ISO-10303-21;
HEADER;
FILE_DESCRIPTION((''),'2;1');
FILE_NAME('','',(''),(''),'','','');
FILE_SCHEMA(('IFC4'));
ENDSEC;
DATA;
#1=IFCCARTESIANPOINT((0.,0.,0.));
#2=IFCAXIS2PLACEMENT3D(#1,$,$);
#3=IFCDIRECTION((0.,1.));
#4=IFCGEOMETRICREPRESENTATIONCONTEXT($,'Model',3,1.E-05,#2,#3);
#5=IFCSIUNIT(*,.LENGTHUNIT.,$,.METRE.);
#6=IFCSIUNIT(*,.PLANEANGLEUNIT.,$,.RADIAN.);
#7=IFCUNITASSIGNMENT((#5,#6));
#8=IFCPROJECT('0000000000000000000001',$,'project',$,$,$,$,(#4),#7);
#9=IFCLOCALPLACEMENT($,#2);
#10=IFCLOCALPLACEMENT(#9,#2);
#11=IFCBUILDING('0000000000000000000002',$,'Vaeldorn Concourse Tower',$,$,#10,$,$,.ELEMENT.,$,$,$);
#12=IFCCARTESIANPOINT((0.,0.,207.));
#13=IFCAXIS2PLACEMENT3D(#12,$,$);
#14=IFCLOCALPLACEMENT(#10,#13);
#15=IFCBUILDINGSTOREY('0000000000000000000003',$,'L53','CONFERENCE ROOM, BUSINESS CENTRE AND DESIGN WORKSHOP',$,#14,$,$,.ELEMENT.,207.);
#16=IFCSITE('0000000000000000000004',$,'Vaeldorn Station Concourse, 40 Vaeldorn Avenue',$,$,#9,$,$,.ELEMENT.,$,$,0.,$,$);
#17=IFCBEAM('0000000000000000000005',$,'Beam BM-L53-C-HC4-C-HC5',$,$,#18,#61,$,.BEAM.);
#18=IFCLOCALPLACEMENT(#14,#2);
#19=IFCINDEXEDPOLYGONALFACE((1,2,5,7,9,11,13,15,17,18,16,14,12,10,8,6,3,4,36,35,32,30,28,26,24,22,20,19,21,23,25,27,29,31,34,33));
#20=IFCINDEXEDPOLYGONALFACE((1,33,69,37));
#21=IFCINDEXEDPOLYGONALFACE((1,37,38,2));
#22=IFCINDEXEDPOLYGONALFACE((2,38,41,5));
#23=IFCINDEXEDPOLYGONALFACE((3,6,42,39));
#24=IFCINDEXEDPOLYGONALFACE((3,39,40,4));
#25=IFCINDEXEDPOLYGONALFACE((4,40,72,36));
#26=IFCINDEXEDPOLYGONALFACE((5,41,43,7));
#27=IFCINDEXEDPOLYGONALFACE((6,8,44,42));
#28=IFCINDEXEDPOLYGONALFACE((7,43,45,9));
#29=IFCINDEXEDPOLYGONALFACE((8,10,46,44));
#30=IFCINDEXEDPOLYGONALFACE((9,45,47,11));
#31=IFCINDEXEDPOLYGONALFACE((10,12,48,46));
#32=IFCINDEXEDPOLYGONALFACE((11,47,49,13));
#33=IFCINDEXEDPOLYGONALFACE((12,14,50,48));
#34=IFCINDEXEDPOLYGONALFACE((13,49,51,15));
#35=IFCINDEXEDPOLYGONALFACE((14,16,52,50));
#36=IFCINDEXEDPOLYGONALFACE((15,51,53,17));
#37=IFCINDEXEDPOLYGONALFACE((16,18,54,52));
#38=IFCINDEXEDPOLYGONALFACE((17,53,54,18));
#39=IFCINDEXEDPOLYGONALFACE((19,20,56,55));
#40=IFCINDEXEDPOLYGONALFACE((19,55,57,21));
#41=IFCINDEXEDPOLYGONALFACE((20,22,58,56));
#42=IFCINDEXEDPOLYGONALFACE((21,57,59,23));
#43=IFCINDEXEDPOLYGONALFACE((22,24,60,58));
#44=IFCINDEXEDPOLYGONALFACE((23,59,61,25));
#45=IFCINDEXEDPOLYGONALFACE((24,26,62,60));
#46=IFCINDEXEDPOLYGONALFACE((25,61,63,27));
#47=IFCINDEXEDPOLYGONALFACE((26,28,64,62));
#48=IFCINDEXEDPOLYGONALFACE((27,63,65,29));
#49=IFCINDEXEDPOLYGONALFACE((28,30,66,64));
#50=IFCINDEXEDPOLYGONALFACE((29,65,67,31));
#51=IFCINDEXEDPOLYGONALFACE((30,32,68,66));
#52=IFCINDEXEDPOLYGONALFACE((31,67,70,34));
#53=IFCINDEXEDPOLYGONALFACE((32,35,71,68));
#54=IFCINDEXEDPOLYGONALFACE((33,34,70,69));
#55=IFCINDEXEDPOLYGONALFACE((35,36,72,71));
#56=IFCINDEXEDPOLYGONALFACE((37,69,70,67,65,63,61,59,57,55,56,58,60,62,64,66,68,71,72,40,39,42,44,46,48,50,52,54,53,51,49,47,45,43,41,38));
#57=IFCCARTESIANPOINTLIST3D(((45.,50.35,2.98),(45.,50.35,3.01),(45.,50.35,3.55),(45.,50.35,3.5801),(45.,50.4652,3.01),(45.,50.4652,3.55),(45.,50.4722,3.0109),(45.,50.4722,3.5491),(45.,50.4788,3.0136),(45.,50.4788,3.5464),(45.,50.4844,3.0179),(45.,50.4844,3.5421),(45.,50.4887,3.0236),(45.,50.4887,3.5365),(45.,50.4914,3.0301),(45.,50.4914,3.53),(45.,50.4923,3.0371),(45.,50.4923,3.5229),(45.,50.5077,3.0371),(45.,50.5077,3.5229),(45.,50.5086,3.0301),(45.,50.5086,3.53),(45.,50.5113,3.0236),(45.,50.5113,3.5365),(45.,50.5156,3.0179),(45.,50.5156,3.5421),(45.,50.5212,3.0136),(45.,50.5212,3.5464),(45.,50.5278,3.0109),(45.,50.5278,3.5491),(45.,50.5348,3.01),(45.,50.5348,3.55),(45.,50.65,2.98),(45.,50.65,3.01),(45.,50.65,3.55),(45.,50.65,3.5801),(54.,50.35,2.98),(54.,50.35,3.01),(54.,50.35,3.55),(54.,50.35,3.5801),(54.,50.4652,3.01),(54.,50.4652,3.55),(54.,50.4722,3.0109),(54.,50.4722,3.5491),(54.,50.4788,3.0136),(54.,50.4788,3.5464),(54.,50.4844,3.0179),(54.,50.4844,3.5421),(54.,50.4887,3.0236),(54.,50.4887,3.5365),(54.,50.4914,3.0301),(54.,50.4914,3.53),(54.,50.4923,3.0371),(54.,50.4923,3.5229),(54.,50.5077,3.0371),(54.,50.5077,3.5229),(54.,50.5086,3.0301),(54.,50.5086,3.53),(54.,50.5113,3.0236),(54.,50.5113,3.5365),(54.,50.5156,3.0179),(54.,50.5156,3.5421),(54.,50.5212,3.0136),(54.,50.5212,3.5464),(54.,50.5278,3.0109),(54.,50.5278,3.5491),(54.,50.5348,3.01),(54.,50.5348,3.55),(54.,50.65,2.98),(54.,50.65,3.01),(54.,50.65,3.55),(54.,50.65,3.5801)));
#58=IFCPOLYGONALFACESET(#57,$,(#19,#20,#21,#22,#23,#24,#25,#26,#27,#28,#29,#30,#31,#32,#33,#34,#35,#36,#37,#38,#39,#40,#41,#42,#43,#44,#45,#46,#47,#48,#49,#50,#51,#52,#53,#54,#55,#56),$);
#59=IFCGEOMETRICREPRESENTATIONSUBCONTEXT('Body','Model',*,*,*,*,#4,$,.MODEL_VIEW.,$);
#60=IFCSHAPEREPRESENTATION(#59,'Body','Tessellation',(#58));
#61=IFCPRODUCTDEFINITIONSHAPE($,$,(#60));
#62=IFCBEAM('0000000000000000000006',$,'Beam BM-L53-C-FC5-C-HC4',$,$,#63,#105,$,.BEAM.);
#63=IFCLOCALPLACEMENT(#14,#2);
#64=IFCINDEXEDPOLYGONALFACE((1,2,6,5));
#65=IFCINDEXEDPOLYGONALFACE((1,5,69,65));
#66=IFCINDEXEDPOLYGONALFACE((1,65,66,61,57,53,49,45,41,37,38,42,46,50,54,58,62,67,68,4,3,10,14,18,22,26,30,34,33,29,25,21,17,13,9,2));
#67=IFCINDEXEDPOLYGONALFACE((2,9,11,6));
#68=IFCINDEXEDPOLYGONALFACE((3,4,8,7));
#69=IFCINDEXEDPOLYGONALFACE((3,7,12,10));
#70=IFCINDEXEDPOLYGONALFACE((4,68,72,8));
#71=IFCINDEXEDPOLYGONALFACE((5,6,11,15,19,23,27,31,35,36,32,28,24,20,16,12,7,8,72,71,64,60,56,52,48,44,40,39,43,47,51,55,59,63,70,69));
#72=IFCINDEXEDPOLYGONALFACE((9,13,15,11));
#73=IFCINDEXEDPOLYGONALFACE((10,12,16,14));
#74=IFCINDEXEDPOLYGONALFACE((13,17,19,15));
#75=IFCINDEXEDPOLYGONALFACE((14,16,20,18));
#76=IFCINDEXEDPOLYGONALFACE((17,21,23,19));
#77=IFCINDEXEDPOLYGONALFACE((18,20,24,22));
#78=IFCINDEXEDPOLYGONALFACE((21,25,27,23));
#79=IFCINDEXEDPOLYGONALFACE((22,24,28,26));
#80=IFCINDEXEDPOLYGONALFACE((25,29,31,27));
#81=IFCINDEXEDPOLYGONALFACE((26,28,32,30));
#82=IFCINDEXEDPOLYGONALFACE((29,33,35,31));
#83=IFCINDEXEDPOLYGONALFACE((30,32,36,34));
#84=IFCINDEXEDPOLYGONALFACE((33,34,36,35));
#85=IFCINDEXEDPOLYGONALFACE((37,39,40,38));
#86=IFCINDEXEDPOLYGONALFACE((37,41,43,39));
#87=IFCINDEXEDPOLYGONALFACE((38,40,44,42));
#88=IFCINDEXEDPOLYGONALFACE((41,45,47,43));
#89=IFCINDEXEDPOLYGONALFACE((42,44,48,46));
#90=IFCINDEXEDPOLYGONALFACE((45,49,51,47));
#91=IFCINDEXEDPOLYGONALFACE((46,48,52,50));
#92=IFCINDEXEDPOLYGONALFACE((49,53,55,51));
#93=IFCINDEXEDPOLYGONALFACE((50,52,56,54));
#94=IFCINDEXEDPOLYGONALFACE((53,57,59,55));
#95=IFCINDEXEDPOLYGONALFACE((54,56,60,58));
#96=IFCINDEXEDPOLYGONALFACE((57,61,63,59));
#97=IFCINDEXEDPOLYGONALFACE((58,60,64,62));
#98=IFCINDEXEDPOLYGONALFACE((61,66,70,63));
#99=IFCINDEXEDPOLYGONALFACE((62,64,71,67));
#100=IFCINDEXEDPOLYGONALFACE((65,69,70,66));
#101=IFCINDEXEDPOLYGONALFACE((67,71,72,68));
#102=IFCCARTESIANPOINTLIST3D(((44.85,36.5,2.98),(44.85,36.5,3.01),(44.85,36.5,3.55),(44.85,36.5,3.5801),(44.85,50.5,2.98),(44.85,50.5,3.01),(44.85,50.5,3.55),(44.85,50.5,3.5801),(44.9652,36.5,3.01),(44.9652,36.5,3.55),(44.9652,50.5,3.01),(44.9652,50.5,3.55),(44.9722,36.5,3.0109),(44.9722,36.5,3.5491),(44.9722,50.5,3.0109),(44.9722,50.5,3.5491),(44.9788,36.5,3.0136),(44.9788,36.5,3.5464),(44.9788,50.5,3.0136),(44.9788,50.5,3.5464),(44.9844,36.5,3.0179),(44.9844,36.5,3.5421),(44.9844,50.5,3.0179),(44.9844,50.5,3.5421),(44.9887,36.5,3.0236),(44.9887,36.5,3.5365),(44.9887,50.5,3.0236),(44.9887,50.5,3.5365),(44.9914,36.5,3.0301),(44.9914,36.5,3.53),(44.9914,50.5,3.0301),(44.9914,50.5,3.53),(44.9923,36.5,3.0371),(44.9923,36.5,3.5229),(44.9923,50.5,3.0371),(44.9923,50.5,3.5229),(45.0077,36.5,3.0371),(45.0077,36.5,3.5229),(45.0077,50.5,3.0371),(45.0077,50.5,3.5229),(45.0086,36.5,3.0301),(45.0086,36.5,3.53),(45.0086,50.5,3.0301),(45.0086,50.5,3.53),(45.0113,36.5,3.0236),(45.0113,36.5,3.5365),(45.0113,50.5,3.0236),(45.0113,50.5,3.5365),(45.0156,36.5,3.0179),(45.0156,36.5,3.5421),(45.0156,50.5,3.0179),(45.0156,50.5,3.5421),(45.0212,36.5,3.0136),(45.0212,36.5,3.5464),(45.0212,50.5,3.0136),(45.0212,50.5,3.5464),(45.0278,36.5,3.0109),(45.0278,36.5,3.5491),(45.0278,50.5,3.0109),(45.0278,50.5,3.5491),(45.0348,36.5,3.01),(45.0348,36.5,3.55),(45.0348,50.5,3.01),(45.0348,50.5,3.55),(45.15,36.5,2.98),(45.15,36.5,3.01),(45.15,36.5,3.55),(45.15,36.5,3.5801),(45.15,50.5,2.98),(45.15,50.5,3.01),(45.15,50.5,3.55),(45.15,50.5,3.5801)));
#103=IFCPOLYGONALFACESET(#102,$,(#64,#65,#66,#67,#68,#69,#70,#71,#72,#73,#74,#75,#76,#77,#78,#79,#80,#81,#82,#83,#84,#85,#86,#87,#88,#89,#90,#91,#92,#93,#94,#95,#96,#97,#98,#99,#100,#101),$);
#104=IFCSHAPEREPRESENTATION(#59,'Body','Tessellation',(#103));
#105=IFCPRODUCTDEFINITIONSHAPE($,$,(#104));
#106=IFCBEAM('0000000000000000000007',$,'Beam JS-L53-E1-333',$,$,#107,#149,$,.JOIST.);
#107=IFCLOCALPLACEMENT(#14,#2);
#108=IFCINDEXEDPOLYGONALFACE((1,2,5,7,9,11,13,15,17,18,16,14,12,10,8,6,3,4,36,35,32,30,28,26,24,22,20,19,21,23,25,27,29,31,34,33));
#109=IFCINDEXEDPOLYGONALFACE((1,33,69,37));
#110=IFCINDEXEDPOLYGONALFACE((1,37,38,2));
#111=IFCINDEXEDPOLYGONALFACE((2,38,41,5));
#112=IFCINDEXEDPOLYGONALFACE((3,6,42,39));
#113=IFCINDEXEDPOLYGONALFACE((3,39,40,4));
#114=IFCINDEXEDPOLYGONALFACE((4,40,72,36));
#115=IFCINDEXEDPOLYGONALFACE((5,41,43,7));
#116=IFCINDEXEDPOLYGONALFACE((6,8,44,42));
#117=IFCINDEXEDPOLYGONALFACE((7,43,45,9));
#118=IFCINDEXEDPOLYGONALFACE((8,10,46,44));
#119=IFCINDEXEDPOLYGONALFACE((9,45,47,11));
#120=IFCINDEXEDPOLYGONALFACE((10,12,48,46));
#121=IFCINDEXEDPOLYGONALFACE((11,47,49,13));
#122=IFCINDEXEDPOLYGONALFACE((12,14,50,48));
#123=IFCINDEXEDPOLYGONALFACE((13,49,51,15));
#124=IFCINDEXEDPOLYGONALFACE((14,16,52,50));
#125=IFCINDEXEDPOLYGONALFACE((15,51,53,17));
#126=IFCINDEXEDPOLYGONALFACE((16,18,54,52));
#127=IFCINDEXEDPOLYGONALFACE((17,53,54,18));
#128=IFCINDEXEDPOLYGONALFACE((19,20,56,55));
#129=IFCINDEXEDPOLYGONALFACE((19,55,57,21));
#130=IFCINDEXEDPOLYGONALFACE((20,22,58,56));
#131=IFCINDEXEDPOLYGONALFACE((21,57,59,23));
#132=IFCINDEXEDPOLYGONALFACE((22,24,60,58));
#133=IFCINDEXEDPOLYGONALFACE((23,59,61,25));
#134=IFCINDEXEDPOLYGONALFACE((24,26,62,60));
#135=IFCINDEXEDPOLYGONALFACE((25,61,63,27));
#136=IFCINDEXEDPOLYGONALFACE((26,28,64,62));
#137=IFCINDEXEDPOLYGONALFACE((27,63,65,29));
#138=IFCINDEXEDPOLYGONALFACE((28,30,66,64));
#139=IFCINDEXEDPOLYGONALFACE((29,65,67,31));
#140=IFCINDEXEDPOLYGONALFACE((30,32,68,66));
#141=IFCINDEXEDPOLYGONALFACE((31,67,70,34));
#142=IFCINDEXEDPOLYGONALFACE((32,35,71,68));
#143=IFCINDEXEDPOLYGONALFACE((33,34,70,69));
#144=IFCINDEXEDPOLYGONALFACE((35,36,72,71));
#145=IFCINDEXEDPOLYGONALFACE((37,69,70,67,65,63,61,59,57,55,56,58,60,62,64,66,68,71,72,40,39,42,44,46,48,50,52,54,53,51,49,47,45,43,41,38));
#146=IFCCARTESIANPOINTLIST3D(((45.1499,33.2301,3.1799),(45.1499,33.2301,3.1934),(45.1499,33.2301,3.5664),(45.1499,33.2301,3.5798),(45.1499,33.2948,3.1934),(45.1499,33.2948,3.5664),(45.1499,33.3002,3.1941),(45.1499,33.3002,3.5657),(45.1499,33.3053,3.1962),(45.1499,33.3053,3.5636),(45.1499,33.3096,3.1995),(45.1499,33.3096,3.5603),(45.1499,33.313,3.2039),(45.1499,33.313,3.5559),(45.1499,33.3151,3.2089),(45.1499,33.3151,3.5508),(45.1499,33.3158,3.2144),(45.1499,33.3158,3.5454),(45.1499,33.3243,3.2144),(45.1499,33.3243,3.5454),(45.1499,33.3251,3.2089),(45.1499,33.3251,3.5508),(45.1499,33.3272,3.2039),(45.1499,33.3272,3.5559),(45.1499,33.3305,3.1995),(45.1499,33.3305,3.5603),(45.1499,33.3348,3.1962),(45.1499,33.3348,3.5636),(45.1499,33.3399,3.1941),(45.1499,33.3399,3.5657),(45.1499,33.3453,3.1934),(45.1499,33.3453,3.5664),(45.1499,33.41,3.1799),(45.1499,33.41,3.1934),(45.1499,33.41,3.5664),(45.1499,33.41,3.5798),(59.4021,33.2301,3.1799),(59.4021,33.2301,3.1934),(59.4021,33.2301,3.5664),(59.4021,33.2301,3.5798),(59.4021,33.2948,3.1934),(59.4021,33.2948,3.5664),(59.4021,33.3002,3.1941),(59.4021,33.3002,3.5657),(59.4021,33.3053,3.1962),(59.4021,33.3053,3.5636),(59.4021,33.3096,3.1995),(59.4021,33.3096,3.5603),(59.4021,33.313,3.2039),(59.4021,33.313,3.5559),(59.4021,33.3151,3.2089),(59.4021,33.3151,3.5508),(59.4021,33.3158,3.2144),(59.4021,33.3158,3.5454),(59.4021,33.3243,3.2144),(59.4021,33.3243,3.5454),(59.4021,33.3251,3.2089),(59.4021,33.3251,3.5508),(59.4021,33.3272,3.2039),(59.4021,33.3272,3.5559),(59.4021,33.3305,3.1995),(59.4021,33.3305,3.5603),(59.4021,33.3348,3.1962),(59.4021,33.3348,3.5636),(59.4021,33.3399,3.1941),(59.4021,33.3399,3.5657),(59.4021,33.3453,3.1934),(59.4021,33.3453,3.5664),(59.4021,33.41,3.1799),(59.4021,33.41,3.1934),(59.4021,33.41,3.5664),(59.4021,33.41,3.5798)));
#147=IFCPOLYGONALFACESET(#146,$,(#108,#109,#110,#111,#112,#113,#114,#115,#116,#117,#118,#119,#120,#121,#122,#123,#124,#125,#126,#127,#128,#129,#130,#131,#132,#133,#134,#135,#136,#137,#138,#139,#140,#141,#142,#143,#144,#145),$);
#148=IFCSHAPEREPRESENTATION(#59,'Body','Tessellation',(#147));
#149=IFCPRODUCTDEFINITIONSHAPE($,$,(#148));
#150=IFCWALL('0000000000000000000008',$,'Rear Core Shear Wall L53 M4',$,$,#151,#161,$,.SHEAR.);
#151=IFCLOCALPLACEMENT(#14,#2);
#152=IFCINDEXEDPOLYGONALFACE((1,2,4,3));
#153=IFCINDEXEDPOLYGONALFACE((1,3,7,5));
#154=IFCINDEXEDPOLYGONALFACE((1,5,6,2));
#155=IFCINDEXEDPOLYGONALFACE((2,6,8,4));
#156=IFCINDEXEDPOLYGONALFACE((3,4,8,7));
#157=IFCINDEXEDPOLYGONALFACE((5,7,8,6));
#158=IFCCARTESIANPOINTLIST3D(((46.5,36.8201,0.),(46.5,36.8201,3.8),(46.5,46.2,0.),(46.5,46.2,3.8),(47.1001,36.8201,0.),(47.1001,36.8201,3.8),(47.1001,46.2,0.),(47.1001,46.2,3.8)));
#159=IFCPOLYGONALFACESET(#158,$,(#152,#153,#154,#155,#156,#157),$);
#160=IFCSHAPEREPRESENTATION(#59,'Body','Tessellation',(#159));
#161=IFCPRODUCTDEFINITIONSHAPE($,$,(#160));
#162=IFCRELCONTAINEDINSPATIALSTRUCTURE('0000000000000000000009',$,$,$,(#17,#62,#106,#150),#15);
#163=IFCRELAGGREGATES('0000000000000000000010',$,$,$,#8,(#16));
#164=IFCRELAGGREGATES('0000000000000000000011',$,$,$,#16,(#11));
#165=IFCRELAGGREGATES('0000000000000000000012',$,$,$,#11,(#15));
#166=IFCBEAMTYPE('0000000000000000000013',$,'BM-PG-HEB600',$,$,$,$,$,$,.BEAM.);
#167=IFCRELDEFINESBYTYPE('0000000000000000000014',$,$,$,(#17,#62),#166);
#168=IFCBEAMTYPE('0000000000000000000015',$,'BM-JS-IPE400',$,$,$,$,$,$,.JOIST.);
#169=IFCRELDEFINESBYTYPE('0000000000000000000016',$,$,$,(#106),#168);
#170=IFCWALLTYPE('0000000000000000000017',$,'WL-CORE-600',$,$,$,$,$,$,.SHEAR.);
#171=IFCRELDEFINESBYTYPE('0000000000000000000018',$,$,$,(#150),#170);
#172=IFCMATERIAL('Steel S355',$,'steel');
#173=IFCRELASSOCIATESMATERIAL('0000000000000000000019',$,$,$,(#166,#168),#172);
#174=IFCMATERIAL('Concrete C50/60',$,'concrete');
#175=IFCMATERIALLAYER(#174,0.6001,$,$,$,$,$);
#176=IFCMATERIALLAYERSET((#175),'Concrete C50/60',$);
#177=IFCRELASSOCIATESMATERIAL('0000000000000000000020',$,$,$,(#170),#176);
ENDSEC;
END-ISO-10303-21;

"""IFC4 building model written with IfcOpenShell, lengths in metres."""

from ifc_helpers import new_model, si_unit, direction, frame, frame_2d, origin, origin_2d, place, context, subcontext, project, spatial, rectangle, i_section, extrude, source, transform, mapped, material, layer, layer_set, material_profile, profile_set, type_object, element, save


model = new_model("IFC4")

# Units and contexts
model_context = context("Model", 3, precision=1e-05, world=origin(), true_north=direction((0.0, 1.0)))
body_context = subcontext(model_context, "Body", "Model", "MODEL_VIEW")
ifc_project = project(units=[si_unit("LENGTHUNIT", "METRE"), si_unit("PLANEANGLEUNIT", "RADIAN")], contexts=[model_context])

# Site, building, storey
site_placement = place(None, origin())
site = spatial("IfcSite", under=ifc_project, at=site_placement, Name="Vaeldorn Station Concourse, 40 Vaeldorn Avenue", CompositionType="ELEMENT", RefElevation=0.0)
building_placement = place(site_placement, origin())
building = spatial("IfcBuilding", under=site, at=building_placement, Name="Vaeldorn Concourse Tower", CompositionType="ELEMENT")
storey_placement = place(building_placement, frame((0.0, 0.0, 207.0)))
storey = spatial("IfcBuildingStorey", under=building, at=storey_placement, Name="L53", Description="CONFERENCE ROOM, BUSINESS CENTRE AND DESIGN WORKSHOP", CompositionType="ELEMENT", Elevation=207.0)

# Beams
ifc_material_1 = material(Name="Concrete C50/60", Category="concrete")
ifc_material_2 = material(Name="Steel S355", Category="steel")
ifc_material_profile_1 = material_profile(ifc_material_2, i_section(OverallWidth=0.3, OverallDepth=0.6001, WebThickness=0.0154, FlangeThickness=0.03, FilletRadius=0.0271, at=origin_2d()), Name="HEB 600")
ifc_profile_set_1 = profile_set([ifc_material_profile_1], Name="Steel S355")
beam_type_1 = type_object("IfcBeamType", Name="BM-PG-HEB600", PredefinedType="BEAM", material=ifc_profile_set_1)
shared_shape_1 = source(origin(), body_context, "Body", "SweptSolid", [
    extrude(i_section(OverallWidth=0.3, OverallDepth=0.6001, WebThickness=0.0154, FlangeThickness=0.03, FilletRadius=0.0271, at=origin_2d()), origin(), (0.0, 0.0, 1.0), 9.0),
])
beam_1_placement = place(storey_placement, frame((45.0, 50.5, 3.28), z_axis=(1.0, 0.0, 0.0), x_axis=(0.0, 1.0, 0.0)))
element("IfcBeam", 1, at=beam_1_placement, inside=storey, type_object=beam_type_1, Name="Beam BM-L53-C-HC4-C-HC5", PredefinedType="BEAM", context=body_context, shape_type="MappedRepresentation", body=[
    mapped(shared_shape_1, transform((0.0, 0.0, 0.0), scale=1.0)),
])
shared_shape_2 = source(origin(), body_context, "Body", "SweptSolid", [
    extrude(i_section(OverallWidth=0.3, OverallDepth=0.6001, WebThickness=0.0154, FlangeThickness=0.03, FilletRadius=0.0271, at=origin_2d()), origin(), (0.0, 0.0, 1.0), 14.0),
])
beam_2_placement = place(storey_placement, frame((45.0, 36.5, 3.28), z_axis=(0.0, 1.0, 0.0), x_axis=(-1.0, 0.0, 0.0)))
element("IfcBeam", 2, at=beam_2_placement, inside=storey, type_object=beam_type_1, Name="Beam BM-L53-C-FC5-C-HC4", PredefinedType="BEAM", context=body_context, shape_type="MappedRepresentation", body=[
    mapped(shared_shape_2, transform((0.0, 0.0, 0.0), scale=1.0)),
])
ifc_material_profile_2 = material_profile(ifc_material_2, i_section(OverallWidth=0.1799, OverallDepth=0.3999, WebThickness=0.0085, FlangeThickness=0.0134, FilletRadius=0.021, at=origin_2d()), Name="IPE 400")
ifc_profile_set_2 = profile_set([ifc_material_profile_2], Name="Steel S355")
beam_type_2 = type_object("IfcBeamType", Name="BM-JS-IPE400", PredefinedType="JOIST", material=ifc_profile_set_2)
shared_shape_3 = source(origin(), body_context, "Body", "SweptSolid", [
    extrude(i_section(OverallWidth=0.1799, OverallDepth=0.3999, WebThickness=0.0085, FlangeThickness=0.0134, FilletRadius=0.021, at=origin_2d()), origin(), (0.0, 0.0, 1.0), 14.2522),
])
beam_3_placement = place(storey_placement, frame((45.1499, 33.3201, 3.3799), z_axis=(1.0, 0.0, 0.0), x_axis=(0.0, 1.0, 0.0)))
element("IfcBeam", 3, at=beam_3_placement, inside=storey, type_object=beam_type_2, Name="Beam JS-L53-E1-333", PredefinedType="JOIST", context=body_context, shape_type="MappedRepresentation", body=[
    mapped(shared_shape_3, transform((0.0, 0.0, 0.0), scale=1.0)),
])

# Wall
ifc_layer_1 = layer(ifc_material_1, 0.6001)
ifc_layer_set_1 = layer_set([ifc_layer_1], Name="Concrete C50/60")
wall_type_1 = type_object("IfcWallType", Name="WL-CORE-600", PredefinedType="SHEAR", material=ifc_layer_set_1)
wall_1_placement = place(storey_placement, frame((46.8, 36.8201, 0.0), z_axis=(0.0, 0.0, 1.0), x_axis=(0.0, 1.0, 0.0)))
element("IfcWall", 4, at=wall_1_placement, inside=storey, type_object=wall_type_1, Name="Rear Core Shear Wall L53 M4", PredefinedType="SHEAR", context=body_context, shape_type="SweptSolid", body=[
    extrude(rectangle(XDim=9.3799, YDim=0.6001, at=frame_2d((4.6899, 0.0))), origin(), (0.0, 0.0, 1.0), 3.8),
])

save(model, "model.ifc")
